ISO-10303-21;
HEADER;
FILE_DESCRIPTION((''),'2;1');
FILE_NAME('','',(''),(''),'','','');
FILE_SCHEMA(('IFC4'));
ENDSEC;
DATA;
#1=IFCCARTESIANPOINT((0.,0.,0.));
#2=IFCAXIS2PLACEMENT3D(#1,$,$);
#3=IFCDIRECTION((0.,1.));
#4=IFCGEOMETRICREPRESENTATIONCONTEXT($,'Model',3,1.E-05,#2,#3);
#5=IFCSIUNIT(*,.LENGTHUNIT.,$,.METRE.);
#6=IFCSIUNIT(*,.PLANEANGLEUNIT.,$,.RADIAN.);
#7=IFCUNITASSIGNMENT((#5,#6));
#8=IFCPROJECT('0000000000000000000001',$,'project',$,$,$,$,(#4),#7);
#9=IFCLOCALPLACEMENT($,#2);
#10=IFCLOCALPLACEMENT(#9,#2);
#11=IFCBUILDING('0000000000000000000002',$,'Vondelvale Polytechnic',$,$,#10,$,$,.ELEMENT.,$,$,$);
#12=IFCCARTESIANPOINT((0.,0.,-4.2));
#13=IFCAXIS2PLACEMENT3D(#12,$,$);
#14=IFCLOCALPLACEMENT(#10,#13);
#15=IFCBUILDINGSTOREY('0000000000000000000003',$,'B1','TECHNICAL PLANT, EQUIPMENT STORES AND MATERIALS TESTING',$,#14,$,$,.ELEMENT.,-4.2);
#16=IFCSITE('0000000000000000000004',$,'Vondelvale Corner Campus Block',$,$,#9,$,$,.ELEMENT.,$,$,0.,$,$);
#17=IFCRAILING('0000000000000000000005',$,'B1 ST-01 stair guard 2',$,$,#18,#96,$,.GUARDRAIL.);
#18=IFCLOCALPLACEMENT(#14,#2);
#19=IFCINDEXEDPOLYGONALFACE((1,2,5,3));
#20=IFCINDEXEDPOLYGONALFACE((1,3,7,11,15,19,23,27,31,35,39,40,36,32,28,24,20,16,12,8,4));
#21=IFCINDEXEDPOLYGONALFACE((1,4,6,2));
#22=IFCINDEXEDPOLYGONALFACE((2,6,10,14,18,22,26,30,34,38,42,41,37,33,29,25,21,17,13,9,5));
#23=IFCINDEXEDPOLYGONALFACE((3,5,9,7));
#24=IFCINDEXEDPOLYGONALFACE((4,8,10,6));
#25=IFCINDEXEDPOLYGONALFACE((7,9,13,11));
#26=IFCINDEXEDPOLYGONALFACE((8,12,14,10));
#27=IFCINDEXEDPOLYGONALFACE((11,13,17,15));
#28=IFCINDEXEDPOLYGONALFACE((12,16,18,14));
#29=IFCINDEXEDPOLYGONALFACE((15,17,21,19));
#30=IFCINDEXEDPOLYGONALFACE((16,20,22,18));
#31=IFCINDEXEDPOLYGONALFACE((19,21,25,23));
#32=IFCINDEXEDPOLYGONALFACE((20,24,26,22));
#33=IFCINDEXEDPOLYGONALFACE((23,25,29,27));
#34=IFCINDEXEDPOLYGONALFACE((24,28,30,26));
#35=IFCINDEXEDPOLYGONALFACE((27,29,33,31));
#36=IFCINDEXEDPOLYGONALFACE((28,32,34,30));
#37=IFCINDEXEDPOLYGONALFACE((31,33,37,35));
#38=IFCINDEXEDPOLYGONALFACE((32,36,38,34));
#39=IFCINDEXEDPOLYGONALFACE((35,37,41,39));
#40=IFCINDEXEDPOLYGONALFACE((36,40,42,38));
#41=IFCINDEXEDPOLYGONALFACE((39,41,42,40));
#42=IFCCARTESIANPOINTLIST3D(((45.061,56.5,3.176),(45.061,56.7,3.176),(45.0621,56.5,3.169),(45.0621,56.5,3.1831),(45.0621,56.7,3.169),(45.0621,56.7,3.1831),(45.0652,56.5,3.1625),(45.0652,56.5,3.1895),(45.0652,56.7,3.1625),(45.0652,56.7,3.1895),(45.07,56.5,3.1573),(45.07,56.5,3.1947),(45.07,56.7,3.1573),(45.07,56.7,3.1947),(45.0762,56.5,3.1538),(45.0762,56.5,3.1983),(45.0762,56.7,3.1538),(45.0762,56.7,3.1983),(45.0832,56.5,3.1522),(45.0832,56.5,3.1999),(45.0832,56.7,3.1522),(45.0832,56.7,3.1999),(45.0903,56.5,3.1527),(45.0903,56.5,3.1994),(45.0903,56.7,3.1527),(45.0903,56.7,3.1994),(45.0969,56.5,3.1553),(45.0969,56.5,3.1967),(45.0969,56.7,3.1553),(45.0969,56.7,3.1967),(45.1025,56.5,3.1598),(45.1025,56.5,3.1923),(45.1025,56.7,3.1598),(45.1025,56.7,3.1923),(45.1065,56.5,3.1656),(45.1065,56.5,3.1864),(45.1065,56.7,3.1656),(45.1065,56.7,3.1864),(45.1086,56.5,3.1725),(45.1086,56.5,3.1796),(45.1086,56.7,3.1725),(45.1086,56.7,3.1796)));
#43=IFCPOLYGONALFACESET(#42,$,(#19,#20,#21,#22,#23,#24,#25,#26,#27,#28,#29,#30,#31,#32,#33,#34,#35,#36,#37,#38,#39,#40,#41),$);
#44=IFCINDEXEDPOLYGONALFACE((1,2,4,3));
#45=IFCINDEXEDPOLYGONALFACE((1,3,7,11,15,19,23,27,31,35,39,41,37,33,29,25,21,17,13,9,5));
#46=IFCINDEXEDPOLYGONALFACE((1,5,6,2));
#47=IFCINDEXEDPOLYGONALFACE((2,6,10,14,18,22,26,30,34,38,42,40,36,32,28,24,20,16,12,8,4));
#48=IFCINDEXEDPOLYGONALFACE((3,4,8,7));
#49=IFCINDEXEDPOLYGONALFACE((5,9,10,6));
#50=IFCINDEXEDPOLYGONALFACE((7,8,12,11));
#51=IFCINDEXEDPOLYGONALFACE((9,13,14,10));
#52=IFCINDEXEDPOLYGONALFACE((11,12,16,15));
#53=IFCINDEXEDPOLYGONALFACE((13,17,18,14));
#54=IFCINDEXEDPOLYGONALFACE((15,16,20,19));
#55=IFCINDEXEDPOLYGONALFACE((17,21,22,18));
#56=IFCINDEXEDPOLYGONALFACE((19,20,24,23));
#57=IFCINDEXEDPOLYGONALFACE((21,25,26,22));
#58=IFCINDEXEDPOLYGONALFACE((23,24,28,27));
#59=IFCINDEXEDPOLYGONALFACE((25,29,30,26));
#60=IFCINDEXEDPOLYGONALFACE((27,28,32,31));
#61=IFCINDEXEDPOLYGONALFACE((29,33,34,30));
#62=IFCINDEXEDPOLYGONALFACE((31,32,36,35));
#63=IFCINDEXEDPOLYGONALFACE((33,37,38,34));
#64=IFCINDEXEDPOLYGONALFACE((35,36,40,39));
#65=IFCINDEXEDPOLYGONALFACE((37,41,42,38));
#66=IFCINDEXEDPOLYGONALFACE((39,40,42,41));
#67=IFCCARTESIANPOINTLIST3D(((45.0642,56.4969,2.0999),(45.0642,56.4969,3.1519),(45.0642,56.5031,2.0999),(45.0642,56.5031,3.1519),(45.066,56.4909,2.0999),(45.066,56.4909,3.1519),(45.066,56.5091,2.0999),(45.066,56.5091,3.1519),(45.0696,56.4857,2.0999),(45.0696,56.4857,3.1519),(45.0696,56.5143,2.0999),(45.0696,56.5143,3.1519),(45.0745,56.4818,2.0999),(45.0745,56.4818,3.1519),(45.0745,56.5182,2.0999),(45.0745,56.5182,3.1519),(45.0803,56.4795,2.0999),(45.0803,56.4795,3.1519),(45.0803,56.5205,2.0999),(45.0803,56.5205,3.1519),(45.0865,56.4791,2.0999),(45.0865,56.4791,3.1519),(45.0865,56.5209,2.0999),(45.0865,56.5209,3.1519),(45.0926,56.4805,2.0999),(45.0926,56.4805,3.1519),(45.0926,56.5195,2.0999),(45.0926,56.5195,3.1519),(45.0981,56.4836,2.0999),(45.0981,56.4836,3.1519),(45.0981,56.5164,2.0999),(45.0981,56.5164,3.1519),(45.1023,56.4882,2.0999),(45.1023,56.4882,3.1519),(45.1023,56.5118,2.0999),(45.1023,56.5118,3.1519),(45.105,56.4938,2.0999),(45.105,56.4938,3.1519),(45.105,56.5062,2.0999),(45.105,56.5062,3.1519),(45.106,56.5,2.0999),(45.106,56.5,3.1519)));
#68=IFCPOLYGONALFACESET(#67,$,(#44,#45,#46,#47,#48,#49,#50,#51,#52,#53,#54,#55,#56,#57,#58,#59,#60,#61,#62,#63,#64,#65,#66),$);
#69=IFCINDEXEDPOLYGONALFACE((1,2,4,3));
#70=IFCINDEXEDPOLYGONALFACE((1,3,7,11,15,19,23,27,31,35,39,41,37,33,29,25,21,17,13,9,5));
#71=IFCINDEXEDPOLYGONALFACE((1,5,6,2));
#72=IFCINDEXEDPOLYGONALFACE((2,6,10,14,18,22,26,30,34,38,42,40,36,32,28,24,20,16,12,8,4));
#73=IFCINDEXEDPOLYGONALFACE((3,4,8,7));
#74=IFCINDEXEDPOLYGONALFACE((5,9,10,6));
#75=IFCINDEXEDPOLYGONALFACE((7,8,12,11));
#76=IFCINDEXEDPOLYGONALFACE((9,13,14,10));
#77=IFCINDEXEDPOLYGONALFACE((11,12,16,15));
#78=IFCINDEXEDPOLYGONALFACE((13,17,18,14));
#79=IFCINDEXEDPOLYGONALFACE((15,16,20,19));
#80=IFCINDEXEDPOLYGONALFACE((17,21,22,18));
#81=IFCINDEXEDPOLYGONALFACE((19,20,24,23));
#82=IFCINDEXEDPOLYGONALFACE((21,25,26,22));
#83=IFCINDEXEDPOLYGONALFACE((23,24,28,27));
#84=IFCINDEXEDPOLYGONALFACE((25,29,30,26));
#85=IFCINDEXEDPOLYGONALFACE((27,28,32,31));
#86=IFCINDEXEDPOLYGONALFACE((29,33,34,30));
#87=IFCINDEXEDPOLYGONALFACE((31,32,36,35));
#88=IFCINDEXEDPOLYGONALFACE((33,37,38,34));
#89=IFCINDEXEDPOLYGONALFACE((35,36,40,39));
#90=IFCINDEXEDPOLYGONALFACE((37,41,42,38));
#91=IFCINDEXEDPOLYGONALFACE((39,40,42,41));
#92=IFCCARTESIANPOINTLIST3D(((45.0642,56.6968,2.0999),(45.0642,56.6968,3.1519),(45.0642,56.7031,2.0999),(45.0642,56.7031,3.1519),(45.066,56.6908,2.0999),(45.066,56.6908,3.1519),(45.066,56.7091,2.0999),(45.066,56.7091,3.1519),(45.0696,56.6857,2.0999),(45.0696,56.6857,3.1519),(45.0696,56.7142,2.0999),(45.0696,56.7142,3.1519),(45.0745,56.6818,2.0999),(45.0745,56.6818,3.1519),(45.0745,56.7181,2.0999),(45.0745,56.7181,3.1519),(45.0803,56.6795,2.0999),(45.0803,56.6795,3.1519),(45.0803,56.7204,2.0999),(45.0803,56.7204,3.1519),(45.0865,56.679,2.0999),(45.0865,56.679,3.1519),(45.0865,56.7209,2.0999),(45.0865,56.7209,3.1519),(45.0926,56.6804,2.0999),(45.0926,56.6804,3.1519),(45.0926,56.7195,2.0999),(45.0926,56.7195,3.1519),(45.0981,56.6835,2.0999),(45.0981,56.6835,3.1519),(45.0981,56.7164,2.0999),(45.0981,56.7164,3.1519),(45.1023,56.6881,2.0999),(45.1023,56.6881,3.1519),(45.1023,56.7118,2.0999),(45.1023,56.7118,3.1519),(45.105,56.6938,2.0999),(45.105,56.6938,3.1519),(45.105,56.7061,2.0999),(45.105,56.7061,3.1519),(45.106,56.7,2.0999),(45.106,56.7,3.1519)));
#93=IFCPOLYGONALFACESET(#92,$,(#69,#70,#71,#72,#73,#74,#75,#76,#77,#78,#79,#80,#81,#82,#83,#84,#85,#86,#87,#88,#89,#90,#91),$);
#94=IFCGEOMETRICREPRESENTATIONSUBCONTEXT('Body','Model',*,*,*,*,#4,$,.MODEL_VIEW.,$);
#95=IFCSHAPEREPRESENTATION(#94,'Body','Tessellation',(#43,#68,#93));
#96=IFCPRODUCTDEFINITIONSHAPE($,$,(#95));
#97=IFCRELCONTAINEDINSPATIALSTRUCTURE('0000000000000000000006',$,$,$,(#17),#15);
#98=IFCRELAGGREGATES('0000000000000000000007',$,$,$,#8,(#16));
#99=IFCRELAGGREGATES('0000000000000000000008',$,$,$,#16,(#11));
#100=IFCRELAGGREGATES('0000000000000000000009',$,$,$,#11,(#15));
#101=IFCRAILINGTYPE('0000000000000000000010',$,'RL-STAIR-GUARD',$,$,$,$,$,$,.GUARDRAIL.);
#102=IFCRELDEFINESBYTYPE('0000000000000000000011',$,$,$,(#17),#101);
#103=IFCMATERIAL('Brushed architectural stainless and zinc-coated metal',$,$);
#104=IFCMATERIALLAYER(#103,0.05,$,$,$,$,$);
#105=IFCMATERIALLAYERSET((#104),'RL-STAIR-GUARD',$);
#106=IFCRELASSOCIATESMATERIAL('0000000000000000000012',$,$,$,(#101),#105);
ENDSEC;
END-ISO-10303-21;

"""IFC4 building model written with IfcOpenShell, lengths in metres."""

from ifc_helpers import new_model, si_unit, direction, frame, origin, origin_2d, place, context, subcontext, project, spatial, circle, extrude, material, layer, layer_set, type_object, element, save


model = new_model("IFC4")

# Units and contexts
model_context = context("Model", 3, precision=1e-05, world=origin(), true_north=direction((0.0, 1.0)))
body_context = subcontext(model_context, "Body", "Model", "MODEL_VIEW")
ifc_project = project(units=[si_unit("LENGTHUNIT", "METRE"), si_unit("PLANEANGLEUNIT", "RADIAN")], contexts=[model_context])

# Site, building, storey
site_placement = place(None, origin())
site = spatial("IfcSite", under=ifc_project, at=site_placement, Name="Vondelvale Corner Campus Block", CompositionType="ELEMENT", RefElevation=0.0)
building_placement = place(site_placement, origin())
building = spatial("IfcBuilding", under=site, at=building_placement, Name="Vondelvale Polytechnic", CompositionType="ELEMENT")
storey_placement = place(building_placement, frame((0.0, 0.0, -4.2)))
storey = spatial("IfcBuildingStorey", under=building, at=storey_placement, Name="B1", Description="TECHNICAL PLANT, EQUIPMENT STORES AND MATERIALS TESTING", CompositionType="ELEMENT", Elevation=-4.2)

# Shared definitions
ifc_material_1 = material(Name="Brushed architectural stainless and zinc-coated metal")

# Railing
ifc_layer_1 = layer(ifc_material_1, 0.05)
ifc_layer_set_1 = layer_set([ifc_layer_1], Name="RL-STAIR-GUARD")
railing_type_1 = type_object("IfcRailingType", Name="RL-STAIR-GUARD", PredefinedType="GUARDRAIL", material=ifc_layer_set_1)
railing_1_placement = place(storey_placement, frame((45.085, 56.5, 2.0999)))
element("IfcRailing", 1, at=railing_1_placement, inside=storey, type_object=railing_type_1, Name="B1 ST-01 stair guard 2", PredefinedType="GUARDRAIL", context=body_context, shape_type="SweptSolid", body=[
    extrude(circle(Radius=0.0239, at=origin_2d()), frame((0.0, 0.0, 1.0762), z_axis=(0.0, 1.0, 0.0), x_axis=(-1.0, 0.0, 0.0)), (0.0, 0.0, 1.0), 0.2),
    extrude(circle(Radius=0.021, at=origin_2d()), origin(), (0.0, 0.0, 1.0), 1.052),
    extrude(circle(Radius=0.021, at=origin_2d()), frame((0.0, 0.2, 0.0)), (0.0, 0.0, 1.0), 1.052),
])

save(model, "model.ifc")
